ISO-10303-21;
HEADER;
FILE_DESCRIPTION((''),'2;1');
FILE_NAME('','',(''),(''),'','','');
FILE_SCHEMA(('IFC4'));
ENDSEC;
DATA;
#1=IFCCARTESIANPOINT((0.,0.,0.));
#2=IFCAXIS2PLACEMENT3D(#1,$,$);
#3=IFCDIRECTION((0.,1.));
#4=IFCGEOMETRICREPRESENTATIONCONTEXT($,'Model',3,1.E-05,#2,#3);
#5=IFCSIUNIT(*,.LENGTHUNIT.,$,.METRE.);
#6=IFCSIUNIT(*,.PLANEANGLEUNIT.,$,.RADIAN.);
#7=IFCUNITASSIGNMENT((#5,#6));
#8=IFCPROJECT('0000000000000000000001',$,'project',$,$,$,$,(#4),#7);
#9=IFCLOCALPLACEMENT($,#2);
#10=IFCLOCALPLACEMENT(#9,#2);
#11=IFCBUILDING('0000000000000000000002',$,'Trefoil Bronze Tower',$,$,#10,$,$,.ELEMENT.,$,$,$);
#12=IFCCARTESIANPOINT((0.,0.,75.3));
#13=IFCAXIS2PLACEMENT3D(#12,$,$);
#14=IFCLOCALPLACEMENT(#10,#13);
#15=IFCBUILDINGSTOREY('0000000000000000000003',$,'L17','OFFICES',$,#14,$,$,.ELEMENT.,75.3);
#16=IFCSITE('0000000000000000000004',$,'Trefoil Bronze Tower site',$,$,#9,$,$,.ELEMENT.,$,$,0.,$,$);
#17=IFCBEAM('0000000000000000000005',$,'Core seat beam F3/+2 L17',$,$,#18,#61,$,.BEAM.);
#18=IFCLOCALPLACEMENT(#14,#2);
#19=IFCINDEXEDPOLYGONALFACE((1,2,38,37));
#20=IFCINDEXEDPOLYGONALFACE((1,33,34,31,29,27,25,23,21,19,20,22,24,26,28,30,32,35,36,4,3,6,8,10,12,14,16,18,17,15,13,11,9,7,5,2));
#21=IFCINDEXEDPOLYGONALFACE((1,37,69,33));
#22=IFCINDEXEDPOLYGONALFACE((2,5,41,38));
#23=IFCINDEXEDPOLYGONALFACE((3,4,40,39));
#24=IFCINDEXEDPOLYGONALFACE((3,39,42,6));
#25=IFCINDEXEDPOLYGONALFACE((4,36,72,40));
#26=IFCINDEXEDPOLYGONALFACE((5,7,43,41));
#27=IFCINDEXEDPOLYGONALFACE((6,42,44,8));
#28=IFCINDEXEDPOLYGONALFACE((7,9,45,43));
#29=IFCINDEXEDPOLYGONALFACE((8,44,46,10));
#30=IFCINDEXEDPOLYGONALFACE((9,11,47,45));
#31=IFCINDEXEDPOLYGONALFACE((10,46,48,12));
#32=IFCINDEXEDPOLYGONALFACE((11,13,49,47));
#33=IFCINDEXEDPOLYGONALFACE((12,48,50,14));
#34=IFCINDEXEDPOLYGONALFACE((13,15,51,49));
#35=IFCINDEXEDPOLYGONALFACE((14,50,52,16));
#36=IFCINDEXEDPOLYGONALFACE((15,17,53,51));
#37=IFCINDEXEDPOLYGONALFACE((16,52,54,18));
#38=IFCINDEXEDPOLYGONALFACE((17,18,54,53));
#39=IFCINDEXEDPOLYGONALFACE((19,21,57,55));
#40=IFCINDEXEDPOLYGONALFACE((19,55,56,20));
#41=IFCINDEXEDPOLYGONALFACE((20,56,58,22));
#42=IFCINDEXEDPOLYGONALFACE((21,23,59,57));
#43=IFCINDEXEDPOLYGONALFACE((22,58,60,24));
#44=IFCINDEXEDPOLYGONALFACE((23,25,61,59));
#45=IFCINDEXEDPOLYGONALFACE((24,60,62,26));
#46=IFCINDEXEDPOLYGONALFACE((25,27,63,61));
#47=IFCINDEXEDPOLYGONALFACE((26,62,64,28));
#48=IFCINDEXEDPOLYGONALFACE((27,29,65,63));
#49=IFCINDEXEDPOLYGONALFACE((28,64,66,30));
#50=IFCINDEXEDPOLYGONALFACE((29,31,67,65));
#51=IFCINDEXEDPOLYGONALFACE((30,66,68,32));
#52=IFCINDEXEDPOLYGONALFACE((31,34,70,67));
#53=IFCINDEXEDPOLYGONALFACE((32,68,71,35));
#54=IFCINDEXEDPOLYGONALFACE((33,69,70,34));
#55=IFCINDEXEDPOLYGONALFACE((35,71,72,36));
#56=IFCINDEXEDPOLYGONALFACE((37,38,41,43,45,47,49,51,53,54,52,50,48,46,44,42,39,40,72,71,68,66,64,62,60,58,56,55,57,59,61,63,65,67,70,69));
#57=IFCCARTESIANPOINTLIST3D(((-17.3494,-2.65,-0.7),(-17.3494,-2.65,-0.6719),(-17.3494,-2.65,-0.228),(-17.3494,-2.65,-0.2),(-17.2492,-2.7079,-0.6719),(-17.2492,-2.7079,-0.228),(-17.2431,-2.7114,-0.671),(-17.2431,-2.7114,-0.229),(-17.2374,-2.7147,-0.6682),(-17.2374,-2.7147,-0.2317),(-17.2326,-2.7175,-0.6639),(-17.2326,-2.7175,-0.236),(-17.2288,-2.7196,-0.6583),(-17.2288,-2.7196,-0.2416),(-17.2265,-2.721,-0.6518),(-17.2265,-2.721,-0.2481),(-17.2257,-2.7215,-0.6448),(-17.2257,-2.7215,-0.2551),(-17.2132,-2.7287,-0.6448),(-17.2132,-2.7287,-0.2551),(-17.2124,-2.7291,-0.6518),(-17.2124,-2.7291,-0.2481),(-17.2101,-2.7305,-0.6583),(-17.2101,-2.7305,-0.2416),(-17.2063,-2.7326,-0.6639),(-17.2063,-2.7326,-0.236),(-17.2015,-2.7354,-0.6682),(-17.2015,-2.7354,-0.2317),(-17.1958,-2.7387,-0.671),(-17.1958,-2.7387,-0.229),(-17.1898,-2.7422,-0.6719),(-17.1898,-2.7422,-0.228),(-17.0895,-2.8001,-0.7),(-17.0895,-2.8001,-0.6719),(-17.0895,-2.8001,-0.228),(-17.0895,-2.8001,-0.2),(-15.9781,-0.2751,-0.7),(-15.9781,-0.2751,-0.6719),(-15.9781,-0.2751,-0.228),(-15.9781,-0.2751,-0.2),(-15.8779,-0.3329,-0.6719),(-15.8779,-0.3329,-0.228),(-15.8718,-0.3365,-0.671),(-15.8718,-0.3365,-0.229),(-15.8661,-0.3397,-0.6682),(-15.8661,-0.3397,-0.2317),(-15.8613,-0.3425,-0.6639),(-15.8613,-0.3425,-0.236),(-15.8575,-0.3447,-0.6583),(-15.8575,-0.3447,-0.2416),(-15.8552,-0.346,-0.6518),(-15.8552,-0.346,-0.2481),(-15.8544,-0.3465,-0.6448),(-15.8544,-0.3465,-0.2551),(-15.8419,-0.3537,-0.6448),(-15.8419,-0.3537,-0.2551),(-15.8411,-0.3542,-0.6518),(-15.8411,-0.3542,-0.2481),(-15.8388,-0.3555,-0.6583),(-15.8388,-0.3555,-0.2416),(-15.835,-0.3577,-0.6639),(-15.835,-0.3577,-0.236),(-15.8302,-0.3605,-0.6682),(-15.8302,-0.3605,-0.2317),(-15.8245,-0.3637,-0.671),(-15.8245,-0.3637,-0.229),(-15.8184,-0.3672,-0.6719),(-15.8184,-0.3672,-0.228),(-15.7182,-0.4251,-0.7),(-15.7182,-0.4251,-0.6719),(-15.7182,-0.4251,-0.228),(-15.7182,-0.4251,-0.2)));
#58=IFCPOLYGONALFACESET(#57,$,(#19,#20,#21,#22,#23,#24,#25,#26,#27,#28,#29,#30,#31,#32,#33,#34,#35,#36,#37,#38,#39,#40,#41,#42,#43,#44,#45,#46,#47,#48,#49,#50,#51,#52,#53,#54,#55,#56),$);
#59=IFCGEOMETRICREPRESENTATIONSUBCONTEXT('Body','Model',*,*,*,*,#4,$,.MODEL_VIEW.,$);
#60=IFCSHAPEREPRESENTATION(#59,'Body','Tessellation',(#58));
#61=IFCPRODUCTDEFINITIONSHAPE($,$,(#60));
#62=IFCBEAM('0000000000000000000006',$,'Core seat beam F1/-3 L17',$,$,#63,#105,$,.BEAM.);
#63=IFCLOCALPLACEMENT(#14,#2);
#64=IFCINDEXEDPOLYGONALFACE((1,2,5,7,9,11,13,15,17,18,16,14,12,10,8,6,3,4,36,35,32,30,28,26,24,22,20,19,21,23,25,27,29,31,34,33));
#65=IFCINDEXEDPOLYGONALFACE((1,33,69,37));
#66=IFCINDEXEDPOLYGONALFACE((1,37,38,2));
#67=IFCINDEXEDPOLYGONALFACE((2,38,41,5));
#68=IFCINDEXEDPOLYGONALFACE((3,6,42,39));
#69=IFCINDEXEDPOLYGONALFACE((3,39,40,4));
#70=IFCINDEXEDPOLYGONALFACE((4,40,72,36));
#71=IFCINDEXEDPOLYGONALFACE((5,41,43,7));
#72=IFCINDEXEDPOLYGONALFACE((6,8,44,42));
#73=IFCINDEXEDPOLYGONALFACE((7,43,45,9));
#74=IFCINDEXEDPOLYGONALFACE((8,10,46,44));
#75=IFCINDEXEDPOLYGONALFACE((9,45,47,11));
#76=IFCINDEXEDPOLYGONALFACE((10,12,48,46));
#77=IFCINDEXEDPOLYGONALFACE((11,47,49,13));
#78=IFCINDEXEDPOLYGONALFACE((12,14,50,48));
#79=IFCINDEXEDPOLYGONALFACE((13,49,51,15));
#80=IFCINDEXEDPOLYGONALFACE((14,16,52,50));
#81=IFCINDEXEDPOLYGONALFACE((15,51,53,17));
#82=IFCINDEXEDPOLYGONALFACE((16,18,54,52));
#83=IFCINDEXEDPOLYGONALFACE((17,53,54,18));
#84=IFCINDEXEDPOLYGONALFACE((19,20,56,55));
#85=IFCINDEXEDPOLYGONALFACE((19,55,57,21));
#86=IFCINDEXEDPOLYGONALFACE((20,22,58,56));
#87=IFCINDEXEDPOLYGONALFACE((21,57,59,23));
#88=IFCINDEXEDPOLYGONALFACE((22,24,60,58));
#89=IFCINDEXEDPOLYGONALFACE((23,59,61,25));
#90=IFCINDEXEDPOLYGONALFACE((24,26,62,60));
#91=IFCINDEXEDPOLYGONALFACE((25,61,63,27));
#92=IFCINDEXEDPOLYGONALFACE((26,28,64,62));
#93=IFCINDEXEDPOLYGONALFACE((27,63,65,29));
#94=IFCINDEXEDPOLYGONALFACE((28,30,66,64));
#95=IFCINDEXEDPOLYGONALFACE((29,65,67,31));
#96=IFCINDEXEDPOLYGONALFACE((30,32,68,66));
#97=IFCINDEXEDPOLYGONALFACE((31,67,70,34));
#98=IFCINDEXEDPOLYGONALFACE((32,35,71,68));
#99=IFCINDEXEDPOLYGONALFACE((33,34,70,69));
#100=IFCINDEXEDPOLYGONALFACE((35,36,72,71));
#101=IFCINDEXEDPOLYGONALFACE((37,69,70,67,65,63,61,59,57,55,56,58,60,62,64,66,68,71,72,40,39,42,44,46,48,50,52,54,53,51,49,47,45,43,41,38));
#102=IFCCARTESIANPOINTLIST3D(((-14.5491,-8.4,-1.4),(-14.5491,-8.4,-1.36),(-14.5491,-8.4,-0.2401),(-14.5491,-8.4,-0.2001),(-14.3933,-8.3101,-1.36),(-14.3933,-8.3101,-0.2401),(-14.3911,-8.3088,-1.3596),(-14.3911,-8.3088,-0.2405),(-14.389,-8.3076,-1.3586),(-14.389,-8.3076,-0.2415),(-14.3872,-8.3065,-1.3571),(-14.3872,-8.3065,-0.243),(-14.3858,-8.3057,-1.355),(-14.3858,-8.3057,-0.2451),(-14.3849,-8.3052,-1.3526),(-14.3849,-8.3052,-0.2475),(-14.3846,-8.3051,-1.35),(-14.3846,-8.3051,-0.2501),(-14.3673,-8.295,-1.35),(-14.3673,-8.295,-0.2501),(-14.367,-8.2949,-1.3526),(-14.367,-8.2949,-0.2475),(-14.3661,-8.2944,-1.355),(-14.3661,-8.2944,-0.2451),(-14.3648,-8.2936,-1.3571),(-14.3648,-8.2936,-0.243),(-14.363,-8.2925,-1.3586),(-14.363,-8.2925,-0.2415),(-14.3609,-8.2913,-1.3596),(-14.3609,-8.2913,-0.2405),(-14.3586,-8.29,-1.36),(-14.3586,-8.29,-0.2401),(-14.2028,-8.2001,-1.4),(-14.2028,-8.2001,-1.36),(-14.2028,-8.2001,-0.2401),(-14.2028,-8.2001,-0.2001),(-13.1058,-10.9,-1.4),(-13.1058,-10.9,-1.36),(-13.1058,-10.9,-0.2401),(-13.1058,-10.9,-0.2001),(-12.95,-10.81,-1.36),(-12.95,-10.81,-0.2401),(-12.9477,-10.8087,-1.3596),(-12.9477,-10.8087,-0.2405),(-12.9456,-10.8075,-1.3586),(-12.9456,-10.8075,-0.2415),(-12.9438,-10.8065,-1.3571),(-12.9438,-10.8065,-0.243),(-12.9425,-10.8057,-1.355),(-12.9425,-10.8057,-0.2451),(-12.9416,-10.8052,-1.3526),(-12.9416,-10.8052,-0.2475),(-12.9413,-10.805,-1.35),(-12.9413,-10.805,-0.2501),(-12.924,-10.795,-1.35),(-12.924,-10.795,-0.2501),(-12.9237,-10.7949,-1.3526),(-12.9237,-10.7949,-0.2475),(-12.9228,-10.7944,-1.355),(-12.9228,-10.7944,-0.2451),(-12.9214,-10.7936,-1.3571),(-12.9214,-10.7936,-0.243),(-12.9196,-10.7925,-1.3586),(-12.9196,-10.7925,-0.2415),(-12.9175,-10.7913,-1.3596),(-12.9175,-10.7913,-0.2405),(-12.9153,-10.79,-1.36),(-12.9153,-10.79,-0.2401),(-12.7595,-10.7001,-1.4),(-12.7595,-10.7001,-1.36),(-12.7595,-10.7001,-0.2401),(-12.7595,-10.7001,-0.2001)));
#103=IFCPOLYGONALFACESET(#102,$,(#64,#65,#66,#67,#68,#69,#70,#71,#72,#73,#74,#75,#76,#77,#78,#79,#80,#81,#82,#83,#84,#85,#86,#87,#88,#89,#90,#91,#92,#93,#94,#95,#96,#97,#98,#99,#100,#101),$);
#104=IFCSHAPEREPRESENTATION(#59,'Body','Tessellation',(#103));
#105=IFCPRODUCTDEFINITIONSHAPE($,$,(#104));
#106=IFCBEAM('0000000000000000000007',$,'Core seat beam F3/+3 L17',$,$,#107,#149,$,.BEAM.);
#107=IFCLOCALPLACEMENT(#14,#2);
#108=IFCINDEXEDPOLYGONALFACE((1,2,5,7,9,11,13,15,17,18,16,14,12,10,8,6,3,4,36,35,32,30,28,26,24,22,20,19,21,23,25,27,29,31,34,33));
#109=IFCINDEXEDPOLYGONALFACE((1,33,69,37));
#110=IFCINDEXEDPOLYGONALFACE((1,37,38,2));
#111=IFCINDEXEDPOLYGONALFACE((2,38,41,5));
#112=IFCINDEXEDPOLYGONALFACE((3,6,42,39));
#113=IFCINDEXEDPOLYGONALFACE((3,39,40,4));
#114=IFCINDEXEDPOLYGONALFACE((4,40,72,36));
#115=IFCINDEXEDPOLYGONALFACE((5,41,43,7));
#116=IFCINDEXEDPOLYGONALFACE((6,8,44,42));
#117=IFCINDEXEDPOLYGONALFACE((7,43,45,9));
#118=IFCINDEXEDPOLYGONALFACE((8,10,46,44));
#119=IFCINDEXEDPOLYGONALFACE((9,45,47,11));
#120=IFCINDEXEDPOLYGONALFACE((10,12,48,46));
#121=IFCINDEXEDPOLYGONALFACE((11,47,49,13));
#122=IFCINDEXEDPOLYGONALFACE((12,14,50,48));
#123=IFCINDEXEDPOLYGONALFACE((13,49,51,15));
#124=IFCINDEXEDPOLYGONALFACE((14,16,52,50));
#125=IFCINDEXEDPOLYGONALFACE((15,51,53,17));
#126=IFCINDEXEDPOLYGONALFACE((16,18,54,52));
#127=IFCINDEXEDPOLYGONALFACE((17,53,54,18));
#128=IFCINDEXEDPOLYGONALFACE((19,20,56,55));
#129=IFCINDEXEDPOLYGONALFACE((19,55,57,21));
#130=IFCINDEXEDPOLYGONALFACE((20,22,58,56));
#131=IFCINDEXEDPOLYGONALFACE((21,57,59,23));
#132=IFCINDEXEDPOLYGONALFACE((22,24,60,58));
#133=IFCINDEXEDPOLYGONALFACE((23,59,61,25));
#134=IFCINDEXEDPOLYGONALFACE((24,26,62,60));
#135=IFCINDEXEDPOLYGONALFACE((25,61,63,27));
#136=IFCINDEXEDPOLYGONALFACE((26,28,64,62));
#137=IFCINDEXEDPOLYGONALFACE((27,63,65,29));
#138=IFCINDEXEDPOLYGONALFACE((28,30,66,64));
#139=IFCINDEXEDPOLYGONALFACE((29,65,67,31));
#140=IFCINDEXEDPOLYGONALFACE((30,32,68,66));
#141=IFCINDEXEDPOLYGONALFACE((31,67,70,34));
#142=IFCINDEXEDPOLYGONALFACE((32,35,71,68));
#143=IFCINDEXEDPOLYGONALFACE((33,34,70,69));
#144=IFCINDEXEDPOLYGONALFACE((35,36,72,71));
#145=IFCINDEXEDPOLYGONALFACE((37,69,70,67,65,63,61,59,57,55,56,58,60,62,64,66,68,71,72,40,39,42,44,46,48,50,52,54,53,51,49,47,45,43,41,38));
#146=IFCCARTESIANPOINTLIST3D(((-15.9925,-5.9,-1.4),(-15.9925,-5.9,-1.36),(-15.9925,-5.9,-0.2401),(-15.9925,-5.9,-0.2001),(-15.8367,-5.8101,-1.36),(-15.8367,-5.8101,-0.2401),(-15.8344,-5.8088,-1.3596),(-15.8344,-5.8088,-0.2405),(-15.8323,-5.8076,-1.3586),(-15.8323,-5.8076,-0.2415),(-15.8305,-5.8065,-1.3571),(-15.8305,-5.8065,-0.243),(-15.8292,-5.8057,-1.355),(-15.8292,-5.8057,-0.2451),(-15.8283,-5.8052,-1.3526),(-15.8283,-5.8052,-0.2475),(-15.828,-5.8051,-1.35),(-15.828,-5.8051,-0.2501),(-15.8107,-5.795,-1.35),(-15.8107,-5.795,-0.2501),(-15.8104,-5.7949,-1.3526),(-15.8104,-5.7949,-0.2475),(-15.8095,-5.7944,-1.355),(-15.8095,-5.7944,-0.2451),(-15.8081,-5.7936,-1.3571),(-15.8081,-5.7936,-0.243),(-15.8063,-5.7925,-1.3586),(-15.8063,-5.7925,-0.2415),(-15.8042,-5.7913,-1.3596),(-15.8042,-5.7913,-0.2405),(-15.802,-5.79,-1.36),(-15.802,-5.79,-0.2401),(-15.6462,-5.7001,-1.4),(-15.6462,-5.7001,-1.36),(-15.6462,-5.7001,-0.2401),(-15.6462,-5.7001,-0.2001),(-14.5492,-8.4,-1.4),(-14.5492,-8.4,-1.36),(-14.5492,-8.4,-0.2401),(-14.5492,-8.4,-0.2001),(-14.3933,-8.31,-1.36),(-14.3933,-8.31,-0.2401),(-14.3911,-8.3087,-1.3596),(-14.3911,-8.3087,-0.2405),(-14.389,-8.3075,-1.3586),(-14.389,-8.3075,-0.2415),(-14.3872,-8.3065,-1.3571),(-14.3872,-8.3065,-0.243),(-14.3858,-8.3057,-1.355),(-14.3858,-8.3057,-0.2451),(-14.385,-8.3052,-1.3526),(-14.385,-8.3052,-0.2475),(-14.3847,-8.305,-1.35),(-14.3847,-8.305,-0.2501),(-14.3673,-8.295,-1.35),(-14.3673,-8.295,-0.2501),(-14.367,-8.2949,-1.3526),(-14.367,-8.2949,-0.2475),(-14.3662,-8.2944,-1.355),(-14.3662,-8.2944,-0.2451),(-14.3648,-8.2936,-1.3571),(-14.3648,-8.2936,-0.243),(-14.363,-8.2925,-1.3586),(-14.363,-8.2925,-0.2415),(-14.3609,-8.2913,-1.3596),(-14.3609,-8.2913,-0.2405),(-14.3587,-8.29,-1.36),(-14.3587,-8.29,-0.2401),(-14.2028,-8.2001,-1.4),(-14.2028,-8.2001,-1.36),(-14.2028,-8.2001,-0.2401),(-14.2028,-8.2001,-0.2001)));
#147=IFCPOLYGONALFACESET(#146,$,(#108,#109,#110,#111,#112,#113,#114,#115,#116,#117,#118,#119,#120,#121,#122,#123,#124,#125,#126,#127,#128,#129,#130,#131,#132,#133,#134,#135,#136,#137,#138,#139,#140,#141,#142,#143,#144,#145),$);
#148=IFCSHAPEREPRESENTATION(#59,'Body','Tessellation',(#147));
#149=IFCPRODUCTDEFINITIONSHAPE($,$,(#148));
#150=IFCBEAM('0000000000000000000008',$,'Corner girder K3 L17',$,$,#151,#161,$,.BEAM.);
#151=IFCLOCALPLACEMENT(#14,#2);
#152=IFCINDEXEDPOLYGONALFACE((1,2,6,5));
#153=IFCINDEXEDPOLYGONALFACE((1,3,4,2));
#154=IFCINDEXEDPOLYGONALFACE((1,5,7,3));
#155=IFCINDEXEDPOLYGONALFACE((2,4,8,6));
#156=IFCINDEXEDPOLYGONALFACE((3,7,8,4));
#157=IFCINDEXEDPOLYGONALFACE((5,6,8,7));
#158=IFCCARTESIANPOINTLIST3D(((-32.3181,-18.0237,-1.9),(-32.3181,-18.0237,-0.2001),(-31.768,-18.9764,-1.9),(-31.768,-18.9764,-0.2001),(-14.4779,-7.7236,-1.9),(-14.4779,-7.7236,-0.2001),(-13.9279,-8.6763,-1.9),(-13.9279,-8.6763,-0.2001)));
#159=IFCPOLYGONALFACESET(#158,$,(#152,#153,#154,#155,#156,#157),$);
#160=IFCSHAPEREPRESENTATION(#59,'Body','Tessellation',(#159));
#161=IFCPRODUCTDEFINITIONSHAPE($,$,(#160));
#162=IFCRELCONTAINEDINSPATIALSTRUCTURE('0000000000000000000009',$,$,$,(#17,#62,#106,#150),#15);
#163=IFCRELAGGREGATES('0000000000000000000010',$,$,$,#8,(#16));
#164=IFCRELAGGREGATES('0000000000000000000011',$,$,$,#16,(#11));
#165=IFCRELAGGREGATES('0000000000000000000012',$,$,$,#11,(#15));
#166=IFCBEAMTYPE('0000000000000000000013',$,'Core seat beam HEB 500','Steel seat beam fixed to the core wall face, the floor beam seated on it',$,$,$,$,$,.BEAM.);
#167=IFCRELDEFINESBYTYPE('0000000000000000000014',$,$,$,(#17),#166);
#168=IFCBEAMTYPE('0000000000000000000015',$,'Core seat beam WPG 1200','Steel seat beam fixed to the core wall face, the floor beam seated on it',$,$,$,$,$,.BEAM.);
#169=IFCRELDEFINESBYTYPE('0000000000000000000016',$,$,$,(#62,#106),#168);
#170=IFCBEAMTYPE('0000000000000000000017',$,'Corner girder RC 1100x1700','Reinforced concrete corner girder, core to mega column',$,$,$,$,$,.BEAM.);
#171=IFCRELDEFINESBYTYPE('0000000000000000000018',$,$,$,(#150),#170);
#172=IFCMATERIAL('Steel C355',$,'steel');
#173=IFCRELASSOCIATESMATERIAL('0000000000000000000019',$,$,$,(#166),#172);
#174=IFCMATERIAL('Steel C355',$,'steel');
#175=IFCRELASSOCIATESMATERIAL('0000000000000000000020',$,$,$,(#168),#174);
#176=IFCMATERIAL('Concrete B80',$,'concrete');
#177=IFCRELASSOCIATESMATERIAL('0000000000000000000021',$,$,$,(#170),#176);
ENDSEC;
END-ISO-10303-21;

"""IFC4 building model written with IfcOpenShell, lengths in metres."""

from ifc_helpers import new_model, si_unit, direction, frame, origin, origin_2d, place, context, subcontext, project, spatial, rectangle, i_section, extrude, material, material_profile, profile_set, type_object, element, save


model = new_model("IFC4")

# Units and contexts
model_context = context("Model", 3, precision=1e-05, world=origin(), true_north=direction((0.0, 1.0)))
body_context = subcontext(model_context, "Body", "Model", "MODEL_VIEW")
ifc_project = project(units=[si_unit("LENGTHUNIT", "METRE"), si_unit("PLANEANGLEUNIT", "RADIAN")], contexts=[model_context])

# Site, building, storey
site_placement = place(None, origin())
site = spatial("IfcSite", under=ifc_project, at=site_placement, Name="Trefoil Bronze Tower site", CompositionType="ELEMENT", RefElevation=0.0)
building_placement = place(site_placement, origin())
building = spatial("IfcBuilding", under=site, at=building_placement, Name="Trefoil Bronze Tower", CompositionType="ELEMENT")
storey_placement = place(building_placement, frame((0.0, 0.0, 75.3)))
storey = spatial("IfcBuildingStorey", under=building, at=storey_placement, Name="L17", Description="OFFICES", CompositionType="ELEMENT", Elevation=75.3)

# Beams
ifc_material_1 = material(Name="Steel C355", Category="steel")
ifc_material_profile_1 = material_profile(ifc_material_1, i_section(OverallWidth=0.3, OverallDepth=0.5, WebThickness=0.0144, FlangeThickness=0.0281, FilletRadius=0.0271, at=origin_2d()), Name="HEB 500")
ifc_profile_set_1 = profile_set([ifc_material_profile_1], Name="Steel C355")
beam_type_1 = type_object("IfcBeamType", Name="Core seat beam HEB 500", Description="Steel seat beam fixed to the core wall face, the floor beam seated on it", PredefinedType="BEAM", material=ifc_profile_set_1)
beam_1_placement = place(storey_placement, frame((-15.8481, -0.3501, -0.45), z_axis=(-0.500036, -0.866005, 0.0), x_axis=(0.866005, -0.500036, 0.0)))
element("IfcBeam", 1, at=beam_1_placement, inside=storey, type_object=beam_type_1, Name="Core seat beam F3/+2 L17", PredefinedType="BEAM", context=body_context, shape_type="SweptSolid", body=[
    extrude(i_section(OverallWidth=0.3, OverallDepth=0.5, WebThickness=0.0144, FlangeThickness=0.0281, FilletRadius=0.0271, at=origin_2d()), origin(), (0.0, 0.0, 1.0), 2.7424),
])
ifc_material_2 = material(Name="Steel C355", Category="steel")
ifc_material_profile_2 = material_profile(ifc_material_2, i_section(OverallWidth=0.3999, OverallDepth=1.2, WebThickness=0.02, FlangeThickness=0.04, FilletRadius=0.01, at=origin_2d()), Name="WPG 1200")
ifc_profile_set_2 = profile_set([ifc_material_profile_2], Name="Steel C355")
beam_type_2 = type_object("IfcBeamType", Name="Core seat beam WPG 1200", Description="Steel seat beam fixed to the core wall face, the floor beam seated on it", PredefinedType="BEAM", material=ifc_profile_set_2)
for number, where, z_axis, x_axis, name in (
    (2, (-14.376, -8.3, -0.8), (0.499996, -0.866028, 0.0), (0.866028, 0.499996, 0.0), "Core seat beam F1/-3 L17"),
    (3, (-15.8193, -5.8, -0.8), (0.499996, -0.866028, 0.0), (0.866028, 0.499996, 0.0), "Core seat beam F3/+3 L17"),
):
    element("IfcBeam", number, at=place(storey_placement, frame(where, z_axis=z_axis, x_axis=x_axis)), inside=storey, type_object=beam_type_2, Name=name, PredefinedType="BEAM", context=body_context, shape_type="SweptSolid", body=[
        extrude(i_section(OverallWidth=0.3999, OverallDepth=1.2, WebThickness=0.02, FlangeThickness=0.04, FilletRadius=0.01, at=origin_2d()), origin(), (0.0, 0.0, 1.0), 2.8867),
    ])
ifc_material_3 = material(Name="Concrete B80", Category="concrete")
ifc_material_profile_3 = material_profile(ifc_material_3, rectangle(XDim=1.1001, YDim=1.7, at=origin_2d()), Name="RC 1100x1700")
ifc_profile_set_3 = profile_set([ifc_material_profile_3], Name="Concrete B80")
beam_type_3 = type_object("IfcBeamType", Name="Corner girder RC 1100x1700", Description="Reinforced concrete corner girder, core to mega column", PredefinedType="BEAM", material=ifc_profile_set_3)
beam_2_placement = place(storey_placement, frame((-14.2029, -8.2, -1.05), z_axis=(-0.866024, -0.500003, 0.0), x_axis=(0.500003, -0.866024, 0.0)))
element("IfcBeam", 4, at=beam_2_placement, inside=storey, type_object=beam_type_3, Name="Corner girder K3 L17", PredefinedType="BEAM", context=body_context, shape_type="SweptSolid", body=[
    extrude(rectangle(XDim=1.1001, YDim=1.7, at=origin_2d()), origin(), (0.0, 0.0, 1.0), 20.6001),
])

save(model, "model.ifc")
